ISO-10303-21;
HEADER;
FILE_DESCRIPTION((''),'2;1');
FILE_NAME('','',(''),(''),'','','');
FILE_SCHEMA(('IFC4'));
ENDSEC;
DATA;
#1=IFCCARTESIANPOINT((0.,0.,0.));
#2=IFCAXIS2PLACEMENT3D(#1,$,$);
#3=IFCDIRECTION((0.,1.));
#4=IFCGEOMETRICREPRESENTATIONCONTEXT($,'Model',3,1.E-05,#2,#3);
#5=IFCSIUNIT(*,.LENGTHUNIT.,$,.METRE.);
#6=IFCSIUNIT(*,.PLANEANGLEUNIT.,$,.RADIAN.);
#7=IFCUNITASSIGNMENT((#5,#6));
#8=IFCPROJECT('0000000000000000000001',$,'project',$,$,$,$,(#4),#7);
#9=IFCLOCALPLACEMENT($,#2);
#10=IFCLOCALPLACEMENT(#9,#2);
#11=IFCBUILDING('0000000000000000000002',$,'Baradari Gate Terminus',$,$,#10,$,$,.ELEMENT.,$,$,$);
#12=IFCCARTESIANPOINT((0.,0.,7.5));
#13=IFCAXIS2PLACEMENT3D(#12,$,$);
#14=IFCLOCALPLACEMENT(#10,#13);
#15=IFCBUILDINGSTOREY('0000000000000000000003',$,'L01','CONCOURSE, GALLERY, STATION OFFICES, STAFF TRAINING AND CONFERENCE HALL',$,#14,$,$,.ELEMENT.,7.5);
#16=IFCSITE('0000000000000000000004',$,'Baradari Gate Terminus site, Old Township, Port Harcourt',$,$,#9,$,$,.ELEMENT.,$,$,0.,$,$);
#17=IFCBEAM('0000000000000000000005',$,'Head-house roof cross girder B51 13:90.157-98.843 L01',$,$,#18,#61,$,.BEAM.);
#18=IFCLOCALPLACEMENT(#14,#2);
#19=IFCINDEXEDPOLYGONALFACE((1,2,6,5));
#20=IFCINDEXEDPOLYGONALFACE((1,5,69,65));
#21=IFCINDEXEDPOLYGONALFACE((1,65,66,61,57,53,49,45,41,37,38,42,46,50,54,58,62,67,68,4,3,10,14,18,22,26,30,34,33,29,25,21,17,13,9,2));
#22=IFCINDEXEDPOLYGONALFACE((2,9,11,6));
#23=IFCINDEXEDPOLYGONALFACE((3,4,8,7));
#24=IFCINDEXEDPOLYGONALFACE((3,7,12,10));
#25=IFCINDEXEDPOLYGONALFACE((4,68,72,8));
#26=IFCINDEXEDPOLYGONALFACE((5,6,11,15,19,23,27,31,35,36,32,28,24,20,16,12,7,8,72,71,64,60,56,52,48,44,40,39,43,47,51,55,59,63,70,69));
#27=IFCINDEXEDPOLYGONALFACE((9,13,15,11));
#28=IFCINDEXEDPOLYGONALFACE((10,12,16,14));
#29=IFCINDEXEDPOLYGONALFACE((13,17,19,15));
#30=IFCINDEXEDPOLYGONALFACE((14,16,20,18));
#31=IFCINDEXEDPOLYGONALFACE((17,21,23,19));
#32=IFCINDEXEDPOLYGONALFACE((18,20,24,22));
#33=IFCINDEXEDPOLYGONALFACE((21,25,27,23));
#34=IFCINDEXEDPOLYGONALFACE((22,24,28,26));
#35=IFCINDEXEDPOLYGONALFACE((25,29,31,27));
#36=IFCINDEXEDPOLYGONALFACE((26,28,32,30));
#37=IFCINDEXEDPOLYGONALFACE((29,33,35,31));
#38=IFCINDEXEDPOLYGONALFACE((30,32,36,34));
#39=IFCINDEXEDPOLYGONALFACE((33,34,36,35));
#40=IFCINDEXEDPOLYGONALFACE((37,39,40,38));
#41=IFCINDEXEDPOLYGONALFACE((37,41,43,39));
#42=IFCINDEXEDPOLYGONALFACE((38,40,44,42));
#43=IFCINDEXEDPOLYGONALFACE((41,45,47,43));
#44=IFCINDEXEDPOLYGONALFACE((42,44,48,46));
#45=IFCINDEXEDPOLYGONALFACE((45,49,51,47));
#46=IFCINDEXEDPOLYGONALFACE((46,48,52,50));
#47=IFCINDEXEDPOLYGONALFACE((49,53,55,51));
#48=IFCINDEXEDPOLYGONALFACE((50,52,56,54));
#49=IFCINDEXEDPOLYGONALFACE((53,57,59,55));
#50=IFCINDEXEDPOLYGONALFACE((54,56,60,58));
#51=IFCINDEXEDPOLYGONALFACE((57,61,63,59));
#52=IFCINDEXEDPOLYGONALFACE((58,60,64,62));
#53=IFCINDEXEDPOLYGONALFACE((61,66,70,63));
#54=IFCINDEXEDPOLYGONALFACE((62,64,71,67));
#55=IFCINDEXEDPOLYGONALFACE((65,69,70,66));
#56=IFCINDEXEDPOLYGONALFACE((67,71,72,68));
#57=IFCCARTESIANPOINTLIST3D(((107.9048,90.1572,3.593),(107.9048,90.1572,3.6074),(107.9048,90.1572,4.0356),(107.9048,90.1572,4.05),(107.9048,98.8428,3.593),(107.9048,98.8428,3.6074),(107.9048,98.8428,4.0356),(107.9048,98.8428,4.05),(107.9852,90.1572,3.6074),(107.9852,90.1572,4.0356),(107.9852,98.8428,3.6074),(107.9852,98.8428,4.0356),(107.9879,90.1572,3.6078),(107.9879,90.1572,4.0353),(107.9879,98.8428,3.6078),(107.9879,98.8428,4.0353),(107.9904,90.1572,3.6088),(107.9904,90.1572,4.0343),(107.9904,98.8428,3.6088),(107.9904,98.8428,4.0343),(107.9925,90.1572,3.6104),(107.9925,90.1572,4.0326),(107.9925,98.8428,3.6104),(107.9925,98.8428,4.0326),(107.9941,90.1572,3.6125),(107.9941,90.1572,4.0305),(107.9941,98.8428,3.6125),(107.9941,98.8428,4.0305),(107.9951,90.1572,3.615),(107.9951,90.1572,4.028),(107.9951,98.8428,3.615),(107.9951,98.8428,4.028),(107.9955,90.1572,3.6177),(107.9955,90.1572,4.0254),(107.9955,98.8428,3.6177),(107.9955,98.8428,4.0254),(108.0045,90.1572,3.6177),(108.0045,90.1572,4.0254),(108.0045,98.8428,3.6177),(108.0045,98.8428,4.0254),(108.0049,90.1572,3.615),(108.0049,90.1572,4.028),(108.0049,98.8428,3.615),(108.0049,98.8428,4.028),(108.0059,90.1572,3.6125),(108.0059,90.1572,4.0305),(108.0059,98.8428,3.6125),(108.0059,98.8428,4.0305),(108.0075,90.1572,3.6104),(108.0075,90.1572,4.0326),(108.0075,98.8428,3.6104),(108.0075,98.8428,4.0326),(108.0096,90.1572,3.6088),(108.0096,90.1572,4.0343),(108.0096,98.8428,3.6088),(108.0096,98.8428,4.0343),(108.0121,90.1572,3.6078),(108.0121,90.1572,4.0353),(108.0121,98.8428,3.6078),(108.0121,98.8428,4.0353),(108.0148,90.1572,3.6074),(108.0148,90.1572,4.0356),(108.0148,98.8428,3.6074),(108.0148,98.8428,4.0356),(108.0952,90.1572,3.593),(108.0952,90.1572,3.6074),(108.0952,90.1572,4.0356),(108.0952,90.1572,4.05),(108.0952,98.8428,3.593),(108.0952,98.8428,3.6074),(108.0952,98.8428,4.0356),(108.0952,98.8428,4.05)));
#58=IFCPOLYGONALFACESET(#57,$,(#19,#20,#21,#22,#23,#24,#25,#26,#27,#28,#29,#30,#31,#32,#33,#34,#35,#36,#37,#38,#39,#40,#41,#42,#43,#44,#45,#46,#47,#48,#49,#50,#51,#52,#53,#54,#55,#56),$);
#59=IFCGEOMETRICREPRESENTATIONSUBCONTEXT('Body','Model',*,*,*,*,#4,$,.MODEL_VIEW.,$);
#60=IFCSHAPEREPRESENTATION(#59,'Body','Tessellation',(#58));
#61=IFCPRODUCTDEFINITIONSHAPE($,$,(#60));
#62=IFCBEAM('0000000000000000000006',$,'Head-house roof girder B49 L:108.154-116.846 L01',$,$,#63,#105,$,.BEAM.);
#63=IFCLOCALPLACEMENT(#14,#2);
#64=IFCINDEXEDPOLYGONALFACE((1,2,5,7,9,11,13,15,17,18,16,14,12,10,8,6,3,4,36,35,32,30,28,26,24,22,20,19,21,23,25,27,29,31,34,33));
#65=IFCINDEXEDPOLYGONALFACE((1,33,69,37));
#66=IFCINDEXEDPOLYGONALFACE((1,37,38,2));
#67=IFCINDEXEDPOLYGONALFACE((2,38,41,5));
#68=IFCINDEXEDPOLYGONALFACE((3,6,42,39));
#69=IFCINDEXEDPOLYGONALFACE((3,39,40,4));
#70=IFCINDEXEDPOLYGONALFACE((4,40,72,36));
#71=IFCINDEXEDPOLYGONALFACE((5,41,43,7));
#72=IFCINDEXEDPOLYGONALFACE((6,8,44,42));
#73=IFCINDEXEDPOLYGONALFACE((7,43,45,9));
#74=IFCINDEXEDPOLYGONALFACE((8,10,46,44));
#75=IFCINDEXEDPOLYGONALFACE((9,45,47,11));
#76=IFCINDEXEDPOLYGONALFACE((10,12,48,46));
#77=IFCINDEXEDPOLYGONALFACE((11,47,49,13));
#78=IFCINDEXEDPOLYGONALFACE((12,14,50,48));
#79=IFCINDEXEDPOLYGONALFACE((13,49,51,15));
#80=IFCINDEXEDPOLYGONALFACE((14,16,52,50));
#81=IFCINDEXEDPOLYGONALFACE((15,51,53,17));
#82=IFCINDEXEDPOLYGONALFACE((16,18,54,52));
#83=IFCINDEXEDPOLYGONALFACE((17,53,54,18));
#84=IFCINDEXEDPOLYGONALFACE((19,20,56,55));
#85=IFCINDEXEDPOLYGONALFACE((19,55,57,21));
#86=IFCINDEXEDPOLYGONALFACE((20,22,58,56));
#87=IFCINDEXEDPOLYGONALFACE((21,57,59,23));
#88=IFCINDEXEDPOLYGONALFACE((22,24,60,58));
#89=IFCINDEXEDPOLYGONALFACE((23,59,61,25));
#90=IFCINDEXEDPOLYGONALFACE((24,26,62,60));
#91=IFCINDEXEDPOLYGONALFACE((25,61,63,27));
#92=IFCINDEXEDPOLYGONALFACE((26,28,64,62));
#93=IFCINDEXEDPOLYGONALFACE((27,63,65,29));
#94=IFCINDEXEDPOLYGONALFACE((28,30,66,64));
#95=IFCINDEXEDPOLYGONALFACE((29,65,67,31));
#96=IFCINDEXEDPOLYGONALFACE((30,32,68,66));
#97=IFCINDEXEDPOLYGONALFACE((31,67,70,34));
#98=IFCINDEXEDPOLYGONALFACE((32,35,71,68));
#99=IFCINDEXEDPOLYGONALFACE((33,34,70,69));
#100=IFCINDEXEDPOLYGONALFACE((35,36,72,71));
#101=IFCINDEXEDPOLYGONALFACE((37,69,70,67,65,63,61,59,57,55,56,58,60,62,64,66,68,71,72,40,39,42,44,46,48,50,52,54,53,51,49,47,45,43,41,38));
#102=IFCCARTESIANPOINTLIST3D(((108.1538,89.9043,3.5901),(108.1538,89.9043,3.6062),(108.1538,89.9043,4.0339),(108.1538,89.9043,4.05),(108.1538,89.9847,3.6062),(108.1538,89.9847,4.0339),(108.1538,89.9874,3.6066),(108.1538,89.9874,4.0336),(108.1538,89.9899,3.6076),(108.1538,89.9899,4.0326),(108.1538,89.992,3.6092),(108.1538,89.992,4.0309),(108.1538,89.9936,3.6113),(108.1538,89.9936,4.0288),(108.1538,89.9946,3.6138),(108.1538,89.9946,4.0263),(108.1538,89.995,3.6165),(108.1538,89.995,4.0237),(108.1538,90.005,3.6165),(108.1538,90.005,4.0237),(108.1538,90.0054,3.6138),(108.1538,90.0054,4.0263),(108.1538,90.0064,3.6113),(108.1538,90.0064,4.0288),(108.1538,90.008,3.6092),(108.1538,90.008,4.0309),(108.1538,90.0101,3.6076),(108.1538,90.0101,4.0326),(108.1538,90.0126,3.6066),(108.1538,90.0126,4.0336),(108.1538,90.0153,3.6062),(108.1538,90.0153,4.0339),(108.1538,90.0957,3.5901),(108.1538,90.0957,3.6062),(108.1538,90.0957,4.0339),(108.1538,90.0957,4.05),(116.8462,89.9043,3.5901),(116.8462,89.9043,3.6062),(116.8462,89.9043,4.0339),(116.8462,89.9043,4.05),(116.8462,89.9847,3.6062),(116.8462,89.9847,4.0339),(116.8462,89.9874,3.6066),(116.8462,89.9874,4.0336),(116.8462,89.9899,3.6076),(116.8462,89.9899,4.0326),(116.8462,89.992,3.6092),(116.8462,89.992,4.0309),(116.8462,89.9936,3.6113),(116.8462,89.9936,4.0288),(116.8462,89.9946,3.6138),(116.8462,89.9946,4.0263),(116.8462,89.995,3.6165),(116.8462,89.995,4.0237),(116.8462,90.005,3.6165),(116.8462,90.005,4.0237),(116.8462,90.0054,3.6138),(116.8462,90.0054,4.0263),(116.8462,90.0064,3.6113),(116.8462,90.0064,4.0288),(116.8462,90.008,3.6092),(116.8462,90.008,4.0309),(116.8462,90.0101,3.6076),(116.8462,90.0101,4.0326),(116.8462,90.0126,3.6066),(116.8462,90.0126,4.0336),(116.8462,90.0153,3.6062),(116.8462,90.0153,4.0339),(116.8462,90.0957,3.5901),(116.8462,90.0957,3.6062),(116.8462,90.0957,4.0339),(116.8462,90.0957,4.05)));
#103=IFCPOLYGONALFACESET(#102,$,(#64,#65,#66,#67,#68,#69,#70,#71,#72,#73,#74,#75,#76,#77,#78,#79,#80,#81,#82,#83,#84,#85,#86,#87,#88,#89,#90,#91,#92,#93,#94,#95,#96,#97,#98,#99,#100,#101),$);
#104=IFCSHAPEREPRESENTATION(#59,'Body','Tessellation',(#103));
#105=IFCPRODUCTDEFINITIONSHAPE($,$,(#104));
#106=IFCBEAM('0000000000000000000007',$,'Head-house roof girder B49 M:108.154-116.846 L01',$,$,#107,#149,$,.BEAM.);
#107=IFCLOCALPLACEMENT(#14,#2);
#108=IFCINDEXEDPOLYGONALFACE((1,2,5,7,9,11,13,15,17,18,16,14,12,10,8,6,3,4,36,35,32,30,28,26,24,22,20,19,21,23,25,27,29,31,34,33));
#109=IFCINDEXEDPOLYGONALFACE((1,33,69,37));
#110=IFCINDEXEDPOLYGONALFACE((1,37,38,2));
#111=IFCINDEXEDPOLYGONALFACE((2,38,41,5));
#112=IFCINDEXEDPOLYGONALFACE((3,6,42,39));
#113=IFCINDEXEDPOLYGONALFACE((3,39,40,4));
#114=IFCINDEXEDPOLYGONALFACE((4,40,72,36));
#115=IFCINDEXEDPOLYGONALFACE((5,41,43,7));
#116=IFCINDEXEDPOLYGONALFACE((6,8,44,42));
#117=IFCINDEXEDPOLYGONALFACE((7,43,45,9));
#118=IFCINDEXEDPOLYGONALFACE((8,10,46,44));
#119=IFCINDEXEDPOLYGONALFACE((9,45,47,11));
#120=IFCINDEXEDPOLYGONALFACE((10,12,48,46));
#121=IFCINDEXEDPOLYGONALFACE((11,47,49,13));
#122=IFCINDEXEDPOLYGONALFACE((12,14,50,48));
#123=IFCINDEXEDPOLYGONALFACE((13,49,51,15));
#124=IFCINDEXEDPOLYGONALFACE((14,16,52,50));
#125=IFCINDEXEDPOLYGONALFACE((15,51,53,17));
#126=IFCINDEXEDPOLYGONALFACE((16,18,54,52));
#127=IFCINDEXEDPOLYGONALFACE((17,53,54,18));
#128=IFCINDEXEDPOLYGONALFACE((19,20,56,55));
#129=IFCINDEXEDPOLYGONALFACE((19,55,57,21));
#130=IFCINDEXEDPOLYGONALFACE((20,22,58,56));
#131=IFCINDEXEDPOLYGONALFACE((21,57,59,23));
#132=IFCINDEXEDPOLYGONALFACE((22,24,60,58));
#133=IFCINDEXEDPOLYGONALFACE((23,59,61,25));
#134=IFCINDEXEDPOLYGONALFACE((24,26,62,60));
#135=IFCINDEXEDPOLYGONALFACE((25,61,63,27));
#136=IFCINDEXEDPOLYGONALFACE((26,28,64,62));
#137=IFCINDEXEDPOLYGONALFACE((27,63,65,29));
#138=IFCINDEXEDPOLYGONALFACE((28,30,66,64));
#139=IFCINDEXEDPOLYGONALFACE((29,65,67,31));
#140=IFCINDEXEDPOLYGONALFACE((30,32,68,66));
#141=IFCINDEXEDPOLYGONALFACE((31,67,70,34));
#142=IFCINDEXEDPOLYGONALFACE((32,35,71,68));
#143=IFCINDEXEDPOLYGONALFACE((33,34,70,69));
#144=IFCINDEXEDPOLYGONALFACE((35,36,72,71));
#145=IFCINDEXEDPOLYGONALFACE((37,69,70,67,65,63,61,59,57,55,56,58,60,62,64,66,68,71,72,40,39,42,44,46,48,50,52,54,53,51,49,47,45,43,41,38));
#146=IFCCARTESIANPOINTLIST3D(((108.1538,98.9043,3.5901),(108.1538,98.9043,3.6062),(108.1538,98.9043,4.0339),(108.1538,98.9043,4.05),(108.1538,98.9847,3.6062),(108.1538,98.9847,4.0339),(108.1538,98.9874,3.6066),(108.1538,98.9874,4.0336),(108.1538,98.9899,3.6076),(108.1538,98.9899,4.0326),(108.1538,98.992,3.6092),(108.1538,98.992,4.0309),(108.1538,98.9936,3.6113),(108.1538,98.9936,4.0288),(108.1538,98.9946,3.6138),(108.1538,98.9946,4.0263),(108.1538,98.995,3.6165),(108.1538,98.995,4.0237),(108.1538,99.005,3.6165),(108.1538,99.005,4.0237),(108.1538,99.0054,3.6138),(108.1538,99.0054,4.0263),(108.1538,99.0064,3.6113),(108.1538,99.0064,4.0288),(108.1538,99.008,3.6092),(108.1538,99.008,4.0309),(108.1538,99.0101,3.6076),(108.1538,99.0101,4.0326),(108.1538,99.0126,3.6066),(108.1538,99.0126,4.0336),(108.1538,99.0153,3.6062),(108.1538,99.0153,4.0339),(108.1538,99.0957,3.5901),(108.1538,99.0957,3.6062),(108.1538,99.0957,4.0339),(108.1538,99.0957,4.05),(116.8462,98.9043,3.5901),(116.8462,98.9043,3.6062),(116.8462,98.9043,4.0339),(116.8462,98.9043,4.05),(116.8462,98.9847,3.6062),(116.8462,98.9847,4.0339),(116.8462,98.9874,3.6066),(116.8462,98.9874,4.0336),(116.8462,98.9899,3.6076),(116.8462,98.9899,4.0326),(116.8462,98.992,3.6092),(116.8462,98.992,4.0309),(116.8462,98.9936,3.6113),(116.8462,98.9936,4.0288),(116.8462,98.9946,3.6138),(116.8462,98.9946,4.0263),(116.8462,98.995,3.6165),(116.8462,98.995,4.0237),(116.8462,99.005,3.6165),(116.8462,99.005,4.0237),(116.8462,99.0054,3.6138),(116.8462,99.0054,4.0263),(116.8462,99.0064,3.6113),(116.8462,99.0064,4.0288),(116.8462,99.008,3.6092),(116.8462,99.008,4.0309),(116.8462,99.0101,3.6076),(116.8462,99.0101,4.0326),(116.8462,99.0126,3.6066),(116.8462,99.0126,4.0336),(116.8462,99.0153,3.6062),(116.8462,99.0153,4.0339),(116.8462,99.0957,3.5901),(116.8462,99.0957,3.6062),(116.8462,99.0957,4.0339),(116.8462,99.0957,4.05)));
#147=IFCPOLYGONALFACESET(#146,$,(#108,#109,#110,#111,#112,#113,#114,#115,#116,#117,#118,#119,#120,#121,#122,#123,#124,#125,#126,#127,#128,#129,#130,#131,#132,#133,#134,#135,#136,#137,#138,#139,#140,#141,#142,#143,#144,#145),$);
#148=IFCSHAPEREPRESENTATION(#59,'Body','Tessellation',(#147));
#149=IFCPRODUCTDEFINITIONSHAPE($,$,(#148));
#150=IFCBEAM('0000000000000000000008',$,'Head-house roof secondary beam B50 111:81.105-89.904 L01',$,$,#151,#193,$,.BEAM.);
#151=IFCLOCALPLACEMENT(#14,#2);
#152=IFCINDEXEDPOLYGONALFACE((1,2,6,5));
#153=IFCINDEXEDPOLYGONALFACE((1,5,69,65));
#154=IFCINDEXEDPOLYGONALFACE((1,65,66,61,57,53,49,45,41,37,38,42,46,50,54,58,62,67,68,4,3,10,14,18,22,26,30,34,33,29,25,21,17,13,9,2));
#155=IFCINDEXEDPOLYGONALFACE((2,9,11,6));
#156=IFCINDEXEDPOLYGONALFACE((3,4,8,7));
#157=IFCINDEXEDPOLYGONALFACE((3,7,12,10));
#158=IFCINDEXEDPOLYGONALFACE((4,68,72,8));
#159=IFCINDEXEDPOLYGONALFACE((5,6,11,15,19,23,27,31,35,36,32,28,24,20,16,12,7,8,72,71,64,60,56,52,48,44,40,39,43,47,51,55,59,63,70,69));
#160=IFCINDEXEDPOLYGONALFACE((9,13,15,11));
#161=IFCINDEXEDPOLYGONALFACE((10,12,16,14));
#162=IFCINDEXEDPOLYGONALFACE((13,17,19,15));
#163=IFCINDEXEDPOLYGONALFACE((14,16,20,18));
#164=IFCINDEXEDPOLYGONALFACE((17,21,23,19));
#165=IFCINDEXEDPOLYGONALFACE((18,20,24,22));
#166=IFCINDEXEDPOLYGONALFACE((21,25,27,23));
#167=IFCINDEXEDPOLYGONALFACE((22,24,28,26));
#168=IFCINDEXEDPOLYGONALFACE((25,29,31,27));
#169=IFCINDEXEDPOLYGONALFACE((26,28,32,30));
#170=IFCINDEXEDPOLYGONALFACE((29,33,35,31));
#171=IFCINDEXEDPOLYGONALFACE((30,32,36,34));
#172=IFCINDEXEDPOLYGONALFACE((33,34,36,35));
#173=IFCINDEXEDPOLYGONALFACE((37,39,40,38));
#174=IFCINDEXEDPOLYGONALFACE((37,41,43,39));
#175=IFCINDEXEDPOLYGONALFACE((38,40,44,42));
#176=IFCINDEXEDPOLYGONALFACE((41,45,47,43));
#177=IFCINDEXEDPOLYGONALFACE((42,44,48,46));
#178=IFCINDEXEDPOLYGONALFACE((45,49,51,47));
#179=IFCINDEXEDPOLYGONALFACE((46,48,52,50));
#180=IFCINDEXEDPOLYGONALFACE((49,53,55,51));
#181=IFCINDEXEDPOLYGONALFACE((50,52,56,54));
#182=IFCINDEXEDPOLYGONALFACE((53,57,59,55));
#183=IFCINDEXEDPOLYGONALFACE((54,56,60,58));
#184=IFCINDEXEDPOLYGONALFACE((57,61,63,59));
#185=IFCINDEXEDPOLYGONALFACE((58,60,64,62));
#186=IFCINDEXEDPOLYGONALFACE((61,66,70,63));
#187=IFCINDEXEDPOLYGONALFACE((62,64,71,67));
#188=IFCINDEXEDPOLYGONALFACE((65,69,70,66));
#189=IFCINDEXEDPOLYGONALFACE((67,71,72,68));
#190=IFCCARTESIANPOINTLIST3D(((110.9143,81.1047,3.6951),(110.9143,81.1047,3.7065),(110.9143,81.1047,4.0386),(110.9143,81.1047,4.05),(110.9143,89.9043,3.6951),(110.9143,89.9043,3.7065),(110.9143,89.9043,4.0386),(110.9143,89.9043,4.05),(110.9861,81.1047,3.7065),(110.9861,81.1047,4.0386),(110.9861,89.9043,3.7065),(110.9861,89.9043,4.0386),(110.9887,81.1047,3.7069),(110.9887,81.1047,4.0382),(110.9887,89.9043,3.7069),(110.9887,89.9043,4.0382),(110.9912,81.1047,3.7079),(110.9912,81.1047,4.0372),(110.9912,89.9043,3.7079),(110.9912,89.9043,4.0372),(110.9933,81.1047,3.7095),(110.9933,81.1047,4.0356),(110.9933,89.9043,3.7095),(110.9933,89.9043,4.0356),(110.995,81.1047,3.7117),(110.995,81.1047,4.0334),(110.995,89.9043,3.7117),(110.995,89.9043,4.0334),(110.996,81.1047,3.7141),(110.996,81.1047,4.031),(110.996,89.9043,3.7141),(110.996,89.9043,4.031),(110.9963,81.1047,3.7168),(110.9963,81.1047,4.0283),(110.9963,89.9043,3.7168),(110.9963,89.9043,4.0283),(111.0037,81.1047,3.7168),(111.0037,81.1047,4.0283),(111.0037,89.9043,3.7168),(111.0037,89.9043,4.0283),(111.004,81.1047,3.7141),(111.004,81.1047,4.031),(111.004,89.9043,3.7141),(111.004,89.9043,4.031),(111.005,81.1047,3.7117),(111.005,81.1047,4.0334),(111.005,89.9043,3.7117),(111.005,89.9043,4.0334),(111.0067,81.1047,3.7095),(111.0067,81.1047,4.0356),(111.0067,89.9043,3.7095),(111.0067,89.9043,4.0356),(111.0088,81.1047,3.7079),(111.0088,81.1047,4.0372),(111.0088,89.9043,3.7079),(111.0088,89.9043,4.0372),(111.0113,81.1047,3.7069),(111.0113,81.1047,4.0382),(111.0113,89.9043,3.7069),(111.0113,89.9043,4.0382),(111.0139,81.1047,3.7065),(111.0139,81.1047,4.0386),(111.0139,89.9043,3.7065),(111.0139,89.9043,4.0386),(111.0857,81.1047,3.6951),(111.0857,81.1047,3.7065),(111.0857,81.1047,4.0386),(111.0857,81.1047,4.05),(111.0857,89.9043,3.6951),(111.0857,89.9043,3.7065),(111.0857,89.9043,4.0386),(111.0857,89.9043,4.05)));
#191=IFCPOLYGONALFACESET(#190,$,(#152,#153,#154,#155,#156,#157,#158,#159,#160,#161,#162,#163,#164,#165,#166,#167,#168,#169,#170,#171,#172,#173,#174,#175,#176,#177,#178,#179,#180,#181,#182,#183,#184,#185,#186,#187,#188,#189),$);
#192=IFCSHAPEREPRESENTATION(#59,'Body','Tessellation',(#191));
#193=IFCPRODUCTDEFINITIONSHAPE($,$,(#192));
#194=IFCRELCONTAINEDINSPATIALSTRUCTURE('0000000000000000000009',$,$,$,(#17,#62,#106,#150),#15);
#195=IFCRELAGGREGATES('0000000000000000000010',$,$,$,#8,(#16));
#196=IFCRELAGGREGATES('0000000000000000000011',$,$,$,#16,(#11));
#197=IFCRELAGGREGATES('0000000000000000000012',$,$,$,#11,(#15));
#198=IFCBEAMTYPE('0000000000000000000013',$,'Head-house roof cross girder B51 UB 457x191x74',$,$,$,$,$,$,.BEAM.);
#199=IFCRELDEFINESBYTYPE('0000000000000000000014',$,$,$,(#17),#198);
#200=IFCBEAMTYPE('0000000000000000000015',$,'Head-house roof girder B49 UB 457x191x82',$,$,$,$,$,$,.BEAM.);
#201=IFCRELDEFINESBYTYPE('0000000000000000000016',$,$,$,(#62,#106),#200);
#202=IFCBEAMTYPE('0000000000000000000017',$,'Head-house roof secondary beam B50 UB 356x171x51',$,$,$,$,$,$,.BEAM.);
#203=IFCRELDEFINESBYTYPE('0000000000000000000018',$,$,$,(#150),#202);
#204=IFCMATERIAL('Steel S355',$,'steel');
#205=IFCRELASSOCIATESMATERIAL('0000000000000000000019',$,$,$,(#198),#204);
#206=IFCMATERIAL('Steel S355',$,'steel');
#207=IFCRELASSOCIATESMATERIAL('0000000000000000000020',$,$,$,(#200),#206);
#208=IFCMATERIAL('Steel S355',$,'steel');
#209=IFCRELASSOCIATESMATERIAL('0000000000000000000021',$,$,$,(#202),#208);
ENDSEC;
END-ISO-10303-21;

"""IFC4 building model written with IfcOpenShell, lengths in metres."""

from ifc_helpers import new_model, si_unit, direction, frame, origin, origin_2d, place, context, subcontext, project, spatial, i_section, extrude, material, material_profile, profile_set, type_object, element, save


model = new_model("IFC4")

# Units and contexts
model_context = context("Model", 3, precision=1e-05, world=origin(), true_north=direction((0.0, 1.0)))
body_context = subcontext(model_context, "Body", "Model", "MODEL_VIEW")
ifc_project = project(units=[si_unit("LENGTHUNIT", "METRE"), si_unit("PLANEANGLEUNIT", "RADIAN")], contexts=[model_context])

# Site, building, storey
site_placement = place(None, origin())
site = spatial("IfcSite", under=ifc_project, at=site_placement, Name="Baradari Gate Terminus site, Old Township, Port Harcourt", CompositionType="ELEMENT", RefElevation=0.0)
building_placement = place(site_placement, origin())
building = spatial("IfcBuilding", under=site, at=building_placement, Name="Baradari Gate Terminus", CompositionType="ELEMENT")
storey_placement = place(building_placement, frame((0.0, 0.0, 7.5)))
storey = spatial("IfcBuildingStorey", under=building, at=storey_placement, Name="L01", Description="CONCOURSE, GALLERY, STATION OFFICES, STAFF TRAINING AND CONFERENCE HALL", CompositionType="ELEMENT", Elevation=7.5)

# Beams
ifc_material_1 = material(Name="Steel S355", Category="steel")
ifc_material_profile_1 = material_profile(ifc_material_1, i_section(OverallWidth=0.1904, OverallDepth=0.457, WebThickness=0.009, FlangeThickness=0.0144, FilletRadius=0.0103, at=origin_2d()), Name="UB 457x191x74")
ifc_profile_set_1 = profile_set([ifc_material_profile_1], Name="Steel S355")
beam_type_1 = type_object("IfcBeamType", Name="Head-house roof cross girder B51 UB 457x191x74", PredefinedType="BEAM", material=ifc_profile_set_1)
beam_1_placement = place(storey_placement, frame((108.0, 90.1572, 3.8215), z_axis=(0.0, 1.0, 0.0), x_axis=(-1.0, 0.0, 0.0)))
element("IfcBeam", 1, at=beam_1_placement, inside=storey, type_object=beam_type_1, Name="Head-house roof cross girder B51 13:90.157-98.843 L01", PredefinedType="BEAM", context=body_context, shape_type="SweptSolid", body=[
    extrude(i_section(OverallWidth=0.1904, OverallDepth=0.457, WebThickness=0.009, FlangeThickness=0.0144, FilletRadius=0.0103, at=origin_2d()), origin(), (0.0, 0.0, 1.0), 8.6855),
])
ifc_material_2 = material(Name="Steel S355", Category="steel")
ifc_material_profile_2 = material_profile(ifc_material_2, i_section(OverallWidth=0.1914, OverallDepth=0.46, WebThickness=0.01, FlangeThickness=0.0161, FilletRadius=0.0103, at=origin_2d()), Name="UB 457x191x82")
ifc_profile_set_2 = profile_set([ifc_material_profile_2], Name="Steel S355")
beam_type_2 = type_object("IfcBeamType", Name="Head-house roof girder B49 UB 457x191x82", PredefinedType="BEAM", material=ifc_profile_set_2)
for number, where, z_axis, x_axis, name in (
    (2, (108.1538, 90.0, 3.8201), (1.0, 0.0, 0.0), (0.0, 1.0, 0.0), "Head-house roof girder B49 L:108.154-116.846 L01"),
    (3, (108.1538, 99.0, 3.8201), (1.0, 0.0, 0.0), (0.0, 1.0, 0.0), "Head-house roof girder B49 M:108.154-116.846 L01"),
):
    element("IfcBeam", number, at=place(storey_placement, frame(where, z_axis=z_axis, x_axis=x_axis)), inside=storey, type_object=beam_type_2, Name=name, PredefinedType="BEAM", context=body_context, shape_type="SweptSolid", body=[
        extrude(i_section(OverallWidth=0.1914, OverallDepth=0.46, WebThickness=0.01, FlangeThickness=0.0161, FilletRadius=0.0103, at=origin_2d()), origin(), (0.0, 0.0, 1.0), 8.6924),
    ])
ifc_material_3 = material(Name="Steel S355", Category="steel")
ifc_material_profile_3 = material_profile(ifc_material_3, i_section(OverallWidth=0.1714, OverallDepth=0.355, WebThickness=0.0073, FlangeThickness=0.0115, FilletRadius=0.0103, at=origin_2d()), Name="UB 356x171x51")
ifc_profile_set_3 = profile_set([ifc_material_profile_3], Name="Steel S355")
beam_type_3 = type_object("IfcBeamType", Name="Head-house roof secondary beam B50 UB 356x171x51", PredefinedType="BEAM", material=ifc_profile_set_3)
beam_2_placement = place(storey_placement, frame((111.0, 81.1047, 3.8726), z_axis=(0.0, 1.0, 0.0), x_axis=(-1.0, 0.0, 0.0)))
element("IfcBeam", 4, at=beam_2_placement, inside=storey, type_object=beam_type_3, Name="Head-house roof secondary beam B50 111:81.105-89.904 L01", PredefinedType="BEAM", context=body_context, shape_type="SweptSolid", body=[
    extrude(i_section(OverallWidth=0.1714, OverallDepth=0.355, WebThickness=0.0073, FlangeThickness=0.0115, FilletRadius=0.0103, at=origin_2d()), origin(), (0.0, 0.0, 1.0), 8.7996),
])

save(model, "model.ifc")
